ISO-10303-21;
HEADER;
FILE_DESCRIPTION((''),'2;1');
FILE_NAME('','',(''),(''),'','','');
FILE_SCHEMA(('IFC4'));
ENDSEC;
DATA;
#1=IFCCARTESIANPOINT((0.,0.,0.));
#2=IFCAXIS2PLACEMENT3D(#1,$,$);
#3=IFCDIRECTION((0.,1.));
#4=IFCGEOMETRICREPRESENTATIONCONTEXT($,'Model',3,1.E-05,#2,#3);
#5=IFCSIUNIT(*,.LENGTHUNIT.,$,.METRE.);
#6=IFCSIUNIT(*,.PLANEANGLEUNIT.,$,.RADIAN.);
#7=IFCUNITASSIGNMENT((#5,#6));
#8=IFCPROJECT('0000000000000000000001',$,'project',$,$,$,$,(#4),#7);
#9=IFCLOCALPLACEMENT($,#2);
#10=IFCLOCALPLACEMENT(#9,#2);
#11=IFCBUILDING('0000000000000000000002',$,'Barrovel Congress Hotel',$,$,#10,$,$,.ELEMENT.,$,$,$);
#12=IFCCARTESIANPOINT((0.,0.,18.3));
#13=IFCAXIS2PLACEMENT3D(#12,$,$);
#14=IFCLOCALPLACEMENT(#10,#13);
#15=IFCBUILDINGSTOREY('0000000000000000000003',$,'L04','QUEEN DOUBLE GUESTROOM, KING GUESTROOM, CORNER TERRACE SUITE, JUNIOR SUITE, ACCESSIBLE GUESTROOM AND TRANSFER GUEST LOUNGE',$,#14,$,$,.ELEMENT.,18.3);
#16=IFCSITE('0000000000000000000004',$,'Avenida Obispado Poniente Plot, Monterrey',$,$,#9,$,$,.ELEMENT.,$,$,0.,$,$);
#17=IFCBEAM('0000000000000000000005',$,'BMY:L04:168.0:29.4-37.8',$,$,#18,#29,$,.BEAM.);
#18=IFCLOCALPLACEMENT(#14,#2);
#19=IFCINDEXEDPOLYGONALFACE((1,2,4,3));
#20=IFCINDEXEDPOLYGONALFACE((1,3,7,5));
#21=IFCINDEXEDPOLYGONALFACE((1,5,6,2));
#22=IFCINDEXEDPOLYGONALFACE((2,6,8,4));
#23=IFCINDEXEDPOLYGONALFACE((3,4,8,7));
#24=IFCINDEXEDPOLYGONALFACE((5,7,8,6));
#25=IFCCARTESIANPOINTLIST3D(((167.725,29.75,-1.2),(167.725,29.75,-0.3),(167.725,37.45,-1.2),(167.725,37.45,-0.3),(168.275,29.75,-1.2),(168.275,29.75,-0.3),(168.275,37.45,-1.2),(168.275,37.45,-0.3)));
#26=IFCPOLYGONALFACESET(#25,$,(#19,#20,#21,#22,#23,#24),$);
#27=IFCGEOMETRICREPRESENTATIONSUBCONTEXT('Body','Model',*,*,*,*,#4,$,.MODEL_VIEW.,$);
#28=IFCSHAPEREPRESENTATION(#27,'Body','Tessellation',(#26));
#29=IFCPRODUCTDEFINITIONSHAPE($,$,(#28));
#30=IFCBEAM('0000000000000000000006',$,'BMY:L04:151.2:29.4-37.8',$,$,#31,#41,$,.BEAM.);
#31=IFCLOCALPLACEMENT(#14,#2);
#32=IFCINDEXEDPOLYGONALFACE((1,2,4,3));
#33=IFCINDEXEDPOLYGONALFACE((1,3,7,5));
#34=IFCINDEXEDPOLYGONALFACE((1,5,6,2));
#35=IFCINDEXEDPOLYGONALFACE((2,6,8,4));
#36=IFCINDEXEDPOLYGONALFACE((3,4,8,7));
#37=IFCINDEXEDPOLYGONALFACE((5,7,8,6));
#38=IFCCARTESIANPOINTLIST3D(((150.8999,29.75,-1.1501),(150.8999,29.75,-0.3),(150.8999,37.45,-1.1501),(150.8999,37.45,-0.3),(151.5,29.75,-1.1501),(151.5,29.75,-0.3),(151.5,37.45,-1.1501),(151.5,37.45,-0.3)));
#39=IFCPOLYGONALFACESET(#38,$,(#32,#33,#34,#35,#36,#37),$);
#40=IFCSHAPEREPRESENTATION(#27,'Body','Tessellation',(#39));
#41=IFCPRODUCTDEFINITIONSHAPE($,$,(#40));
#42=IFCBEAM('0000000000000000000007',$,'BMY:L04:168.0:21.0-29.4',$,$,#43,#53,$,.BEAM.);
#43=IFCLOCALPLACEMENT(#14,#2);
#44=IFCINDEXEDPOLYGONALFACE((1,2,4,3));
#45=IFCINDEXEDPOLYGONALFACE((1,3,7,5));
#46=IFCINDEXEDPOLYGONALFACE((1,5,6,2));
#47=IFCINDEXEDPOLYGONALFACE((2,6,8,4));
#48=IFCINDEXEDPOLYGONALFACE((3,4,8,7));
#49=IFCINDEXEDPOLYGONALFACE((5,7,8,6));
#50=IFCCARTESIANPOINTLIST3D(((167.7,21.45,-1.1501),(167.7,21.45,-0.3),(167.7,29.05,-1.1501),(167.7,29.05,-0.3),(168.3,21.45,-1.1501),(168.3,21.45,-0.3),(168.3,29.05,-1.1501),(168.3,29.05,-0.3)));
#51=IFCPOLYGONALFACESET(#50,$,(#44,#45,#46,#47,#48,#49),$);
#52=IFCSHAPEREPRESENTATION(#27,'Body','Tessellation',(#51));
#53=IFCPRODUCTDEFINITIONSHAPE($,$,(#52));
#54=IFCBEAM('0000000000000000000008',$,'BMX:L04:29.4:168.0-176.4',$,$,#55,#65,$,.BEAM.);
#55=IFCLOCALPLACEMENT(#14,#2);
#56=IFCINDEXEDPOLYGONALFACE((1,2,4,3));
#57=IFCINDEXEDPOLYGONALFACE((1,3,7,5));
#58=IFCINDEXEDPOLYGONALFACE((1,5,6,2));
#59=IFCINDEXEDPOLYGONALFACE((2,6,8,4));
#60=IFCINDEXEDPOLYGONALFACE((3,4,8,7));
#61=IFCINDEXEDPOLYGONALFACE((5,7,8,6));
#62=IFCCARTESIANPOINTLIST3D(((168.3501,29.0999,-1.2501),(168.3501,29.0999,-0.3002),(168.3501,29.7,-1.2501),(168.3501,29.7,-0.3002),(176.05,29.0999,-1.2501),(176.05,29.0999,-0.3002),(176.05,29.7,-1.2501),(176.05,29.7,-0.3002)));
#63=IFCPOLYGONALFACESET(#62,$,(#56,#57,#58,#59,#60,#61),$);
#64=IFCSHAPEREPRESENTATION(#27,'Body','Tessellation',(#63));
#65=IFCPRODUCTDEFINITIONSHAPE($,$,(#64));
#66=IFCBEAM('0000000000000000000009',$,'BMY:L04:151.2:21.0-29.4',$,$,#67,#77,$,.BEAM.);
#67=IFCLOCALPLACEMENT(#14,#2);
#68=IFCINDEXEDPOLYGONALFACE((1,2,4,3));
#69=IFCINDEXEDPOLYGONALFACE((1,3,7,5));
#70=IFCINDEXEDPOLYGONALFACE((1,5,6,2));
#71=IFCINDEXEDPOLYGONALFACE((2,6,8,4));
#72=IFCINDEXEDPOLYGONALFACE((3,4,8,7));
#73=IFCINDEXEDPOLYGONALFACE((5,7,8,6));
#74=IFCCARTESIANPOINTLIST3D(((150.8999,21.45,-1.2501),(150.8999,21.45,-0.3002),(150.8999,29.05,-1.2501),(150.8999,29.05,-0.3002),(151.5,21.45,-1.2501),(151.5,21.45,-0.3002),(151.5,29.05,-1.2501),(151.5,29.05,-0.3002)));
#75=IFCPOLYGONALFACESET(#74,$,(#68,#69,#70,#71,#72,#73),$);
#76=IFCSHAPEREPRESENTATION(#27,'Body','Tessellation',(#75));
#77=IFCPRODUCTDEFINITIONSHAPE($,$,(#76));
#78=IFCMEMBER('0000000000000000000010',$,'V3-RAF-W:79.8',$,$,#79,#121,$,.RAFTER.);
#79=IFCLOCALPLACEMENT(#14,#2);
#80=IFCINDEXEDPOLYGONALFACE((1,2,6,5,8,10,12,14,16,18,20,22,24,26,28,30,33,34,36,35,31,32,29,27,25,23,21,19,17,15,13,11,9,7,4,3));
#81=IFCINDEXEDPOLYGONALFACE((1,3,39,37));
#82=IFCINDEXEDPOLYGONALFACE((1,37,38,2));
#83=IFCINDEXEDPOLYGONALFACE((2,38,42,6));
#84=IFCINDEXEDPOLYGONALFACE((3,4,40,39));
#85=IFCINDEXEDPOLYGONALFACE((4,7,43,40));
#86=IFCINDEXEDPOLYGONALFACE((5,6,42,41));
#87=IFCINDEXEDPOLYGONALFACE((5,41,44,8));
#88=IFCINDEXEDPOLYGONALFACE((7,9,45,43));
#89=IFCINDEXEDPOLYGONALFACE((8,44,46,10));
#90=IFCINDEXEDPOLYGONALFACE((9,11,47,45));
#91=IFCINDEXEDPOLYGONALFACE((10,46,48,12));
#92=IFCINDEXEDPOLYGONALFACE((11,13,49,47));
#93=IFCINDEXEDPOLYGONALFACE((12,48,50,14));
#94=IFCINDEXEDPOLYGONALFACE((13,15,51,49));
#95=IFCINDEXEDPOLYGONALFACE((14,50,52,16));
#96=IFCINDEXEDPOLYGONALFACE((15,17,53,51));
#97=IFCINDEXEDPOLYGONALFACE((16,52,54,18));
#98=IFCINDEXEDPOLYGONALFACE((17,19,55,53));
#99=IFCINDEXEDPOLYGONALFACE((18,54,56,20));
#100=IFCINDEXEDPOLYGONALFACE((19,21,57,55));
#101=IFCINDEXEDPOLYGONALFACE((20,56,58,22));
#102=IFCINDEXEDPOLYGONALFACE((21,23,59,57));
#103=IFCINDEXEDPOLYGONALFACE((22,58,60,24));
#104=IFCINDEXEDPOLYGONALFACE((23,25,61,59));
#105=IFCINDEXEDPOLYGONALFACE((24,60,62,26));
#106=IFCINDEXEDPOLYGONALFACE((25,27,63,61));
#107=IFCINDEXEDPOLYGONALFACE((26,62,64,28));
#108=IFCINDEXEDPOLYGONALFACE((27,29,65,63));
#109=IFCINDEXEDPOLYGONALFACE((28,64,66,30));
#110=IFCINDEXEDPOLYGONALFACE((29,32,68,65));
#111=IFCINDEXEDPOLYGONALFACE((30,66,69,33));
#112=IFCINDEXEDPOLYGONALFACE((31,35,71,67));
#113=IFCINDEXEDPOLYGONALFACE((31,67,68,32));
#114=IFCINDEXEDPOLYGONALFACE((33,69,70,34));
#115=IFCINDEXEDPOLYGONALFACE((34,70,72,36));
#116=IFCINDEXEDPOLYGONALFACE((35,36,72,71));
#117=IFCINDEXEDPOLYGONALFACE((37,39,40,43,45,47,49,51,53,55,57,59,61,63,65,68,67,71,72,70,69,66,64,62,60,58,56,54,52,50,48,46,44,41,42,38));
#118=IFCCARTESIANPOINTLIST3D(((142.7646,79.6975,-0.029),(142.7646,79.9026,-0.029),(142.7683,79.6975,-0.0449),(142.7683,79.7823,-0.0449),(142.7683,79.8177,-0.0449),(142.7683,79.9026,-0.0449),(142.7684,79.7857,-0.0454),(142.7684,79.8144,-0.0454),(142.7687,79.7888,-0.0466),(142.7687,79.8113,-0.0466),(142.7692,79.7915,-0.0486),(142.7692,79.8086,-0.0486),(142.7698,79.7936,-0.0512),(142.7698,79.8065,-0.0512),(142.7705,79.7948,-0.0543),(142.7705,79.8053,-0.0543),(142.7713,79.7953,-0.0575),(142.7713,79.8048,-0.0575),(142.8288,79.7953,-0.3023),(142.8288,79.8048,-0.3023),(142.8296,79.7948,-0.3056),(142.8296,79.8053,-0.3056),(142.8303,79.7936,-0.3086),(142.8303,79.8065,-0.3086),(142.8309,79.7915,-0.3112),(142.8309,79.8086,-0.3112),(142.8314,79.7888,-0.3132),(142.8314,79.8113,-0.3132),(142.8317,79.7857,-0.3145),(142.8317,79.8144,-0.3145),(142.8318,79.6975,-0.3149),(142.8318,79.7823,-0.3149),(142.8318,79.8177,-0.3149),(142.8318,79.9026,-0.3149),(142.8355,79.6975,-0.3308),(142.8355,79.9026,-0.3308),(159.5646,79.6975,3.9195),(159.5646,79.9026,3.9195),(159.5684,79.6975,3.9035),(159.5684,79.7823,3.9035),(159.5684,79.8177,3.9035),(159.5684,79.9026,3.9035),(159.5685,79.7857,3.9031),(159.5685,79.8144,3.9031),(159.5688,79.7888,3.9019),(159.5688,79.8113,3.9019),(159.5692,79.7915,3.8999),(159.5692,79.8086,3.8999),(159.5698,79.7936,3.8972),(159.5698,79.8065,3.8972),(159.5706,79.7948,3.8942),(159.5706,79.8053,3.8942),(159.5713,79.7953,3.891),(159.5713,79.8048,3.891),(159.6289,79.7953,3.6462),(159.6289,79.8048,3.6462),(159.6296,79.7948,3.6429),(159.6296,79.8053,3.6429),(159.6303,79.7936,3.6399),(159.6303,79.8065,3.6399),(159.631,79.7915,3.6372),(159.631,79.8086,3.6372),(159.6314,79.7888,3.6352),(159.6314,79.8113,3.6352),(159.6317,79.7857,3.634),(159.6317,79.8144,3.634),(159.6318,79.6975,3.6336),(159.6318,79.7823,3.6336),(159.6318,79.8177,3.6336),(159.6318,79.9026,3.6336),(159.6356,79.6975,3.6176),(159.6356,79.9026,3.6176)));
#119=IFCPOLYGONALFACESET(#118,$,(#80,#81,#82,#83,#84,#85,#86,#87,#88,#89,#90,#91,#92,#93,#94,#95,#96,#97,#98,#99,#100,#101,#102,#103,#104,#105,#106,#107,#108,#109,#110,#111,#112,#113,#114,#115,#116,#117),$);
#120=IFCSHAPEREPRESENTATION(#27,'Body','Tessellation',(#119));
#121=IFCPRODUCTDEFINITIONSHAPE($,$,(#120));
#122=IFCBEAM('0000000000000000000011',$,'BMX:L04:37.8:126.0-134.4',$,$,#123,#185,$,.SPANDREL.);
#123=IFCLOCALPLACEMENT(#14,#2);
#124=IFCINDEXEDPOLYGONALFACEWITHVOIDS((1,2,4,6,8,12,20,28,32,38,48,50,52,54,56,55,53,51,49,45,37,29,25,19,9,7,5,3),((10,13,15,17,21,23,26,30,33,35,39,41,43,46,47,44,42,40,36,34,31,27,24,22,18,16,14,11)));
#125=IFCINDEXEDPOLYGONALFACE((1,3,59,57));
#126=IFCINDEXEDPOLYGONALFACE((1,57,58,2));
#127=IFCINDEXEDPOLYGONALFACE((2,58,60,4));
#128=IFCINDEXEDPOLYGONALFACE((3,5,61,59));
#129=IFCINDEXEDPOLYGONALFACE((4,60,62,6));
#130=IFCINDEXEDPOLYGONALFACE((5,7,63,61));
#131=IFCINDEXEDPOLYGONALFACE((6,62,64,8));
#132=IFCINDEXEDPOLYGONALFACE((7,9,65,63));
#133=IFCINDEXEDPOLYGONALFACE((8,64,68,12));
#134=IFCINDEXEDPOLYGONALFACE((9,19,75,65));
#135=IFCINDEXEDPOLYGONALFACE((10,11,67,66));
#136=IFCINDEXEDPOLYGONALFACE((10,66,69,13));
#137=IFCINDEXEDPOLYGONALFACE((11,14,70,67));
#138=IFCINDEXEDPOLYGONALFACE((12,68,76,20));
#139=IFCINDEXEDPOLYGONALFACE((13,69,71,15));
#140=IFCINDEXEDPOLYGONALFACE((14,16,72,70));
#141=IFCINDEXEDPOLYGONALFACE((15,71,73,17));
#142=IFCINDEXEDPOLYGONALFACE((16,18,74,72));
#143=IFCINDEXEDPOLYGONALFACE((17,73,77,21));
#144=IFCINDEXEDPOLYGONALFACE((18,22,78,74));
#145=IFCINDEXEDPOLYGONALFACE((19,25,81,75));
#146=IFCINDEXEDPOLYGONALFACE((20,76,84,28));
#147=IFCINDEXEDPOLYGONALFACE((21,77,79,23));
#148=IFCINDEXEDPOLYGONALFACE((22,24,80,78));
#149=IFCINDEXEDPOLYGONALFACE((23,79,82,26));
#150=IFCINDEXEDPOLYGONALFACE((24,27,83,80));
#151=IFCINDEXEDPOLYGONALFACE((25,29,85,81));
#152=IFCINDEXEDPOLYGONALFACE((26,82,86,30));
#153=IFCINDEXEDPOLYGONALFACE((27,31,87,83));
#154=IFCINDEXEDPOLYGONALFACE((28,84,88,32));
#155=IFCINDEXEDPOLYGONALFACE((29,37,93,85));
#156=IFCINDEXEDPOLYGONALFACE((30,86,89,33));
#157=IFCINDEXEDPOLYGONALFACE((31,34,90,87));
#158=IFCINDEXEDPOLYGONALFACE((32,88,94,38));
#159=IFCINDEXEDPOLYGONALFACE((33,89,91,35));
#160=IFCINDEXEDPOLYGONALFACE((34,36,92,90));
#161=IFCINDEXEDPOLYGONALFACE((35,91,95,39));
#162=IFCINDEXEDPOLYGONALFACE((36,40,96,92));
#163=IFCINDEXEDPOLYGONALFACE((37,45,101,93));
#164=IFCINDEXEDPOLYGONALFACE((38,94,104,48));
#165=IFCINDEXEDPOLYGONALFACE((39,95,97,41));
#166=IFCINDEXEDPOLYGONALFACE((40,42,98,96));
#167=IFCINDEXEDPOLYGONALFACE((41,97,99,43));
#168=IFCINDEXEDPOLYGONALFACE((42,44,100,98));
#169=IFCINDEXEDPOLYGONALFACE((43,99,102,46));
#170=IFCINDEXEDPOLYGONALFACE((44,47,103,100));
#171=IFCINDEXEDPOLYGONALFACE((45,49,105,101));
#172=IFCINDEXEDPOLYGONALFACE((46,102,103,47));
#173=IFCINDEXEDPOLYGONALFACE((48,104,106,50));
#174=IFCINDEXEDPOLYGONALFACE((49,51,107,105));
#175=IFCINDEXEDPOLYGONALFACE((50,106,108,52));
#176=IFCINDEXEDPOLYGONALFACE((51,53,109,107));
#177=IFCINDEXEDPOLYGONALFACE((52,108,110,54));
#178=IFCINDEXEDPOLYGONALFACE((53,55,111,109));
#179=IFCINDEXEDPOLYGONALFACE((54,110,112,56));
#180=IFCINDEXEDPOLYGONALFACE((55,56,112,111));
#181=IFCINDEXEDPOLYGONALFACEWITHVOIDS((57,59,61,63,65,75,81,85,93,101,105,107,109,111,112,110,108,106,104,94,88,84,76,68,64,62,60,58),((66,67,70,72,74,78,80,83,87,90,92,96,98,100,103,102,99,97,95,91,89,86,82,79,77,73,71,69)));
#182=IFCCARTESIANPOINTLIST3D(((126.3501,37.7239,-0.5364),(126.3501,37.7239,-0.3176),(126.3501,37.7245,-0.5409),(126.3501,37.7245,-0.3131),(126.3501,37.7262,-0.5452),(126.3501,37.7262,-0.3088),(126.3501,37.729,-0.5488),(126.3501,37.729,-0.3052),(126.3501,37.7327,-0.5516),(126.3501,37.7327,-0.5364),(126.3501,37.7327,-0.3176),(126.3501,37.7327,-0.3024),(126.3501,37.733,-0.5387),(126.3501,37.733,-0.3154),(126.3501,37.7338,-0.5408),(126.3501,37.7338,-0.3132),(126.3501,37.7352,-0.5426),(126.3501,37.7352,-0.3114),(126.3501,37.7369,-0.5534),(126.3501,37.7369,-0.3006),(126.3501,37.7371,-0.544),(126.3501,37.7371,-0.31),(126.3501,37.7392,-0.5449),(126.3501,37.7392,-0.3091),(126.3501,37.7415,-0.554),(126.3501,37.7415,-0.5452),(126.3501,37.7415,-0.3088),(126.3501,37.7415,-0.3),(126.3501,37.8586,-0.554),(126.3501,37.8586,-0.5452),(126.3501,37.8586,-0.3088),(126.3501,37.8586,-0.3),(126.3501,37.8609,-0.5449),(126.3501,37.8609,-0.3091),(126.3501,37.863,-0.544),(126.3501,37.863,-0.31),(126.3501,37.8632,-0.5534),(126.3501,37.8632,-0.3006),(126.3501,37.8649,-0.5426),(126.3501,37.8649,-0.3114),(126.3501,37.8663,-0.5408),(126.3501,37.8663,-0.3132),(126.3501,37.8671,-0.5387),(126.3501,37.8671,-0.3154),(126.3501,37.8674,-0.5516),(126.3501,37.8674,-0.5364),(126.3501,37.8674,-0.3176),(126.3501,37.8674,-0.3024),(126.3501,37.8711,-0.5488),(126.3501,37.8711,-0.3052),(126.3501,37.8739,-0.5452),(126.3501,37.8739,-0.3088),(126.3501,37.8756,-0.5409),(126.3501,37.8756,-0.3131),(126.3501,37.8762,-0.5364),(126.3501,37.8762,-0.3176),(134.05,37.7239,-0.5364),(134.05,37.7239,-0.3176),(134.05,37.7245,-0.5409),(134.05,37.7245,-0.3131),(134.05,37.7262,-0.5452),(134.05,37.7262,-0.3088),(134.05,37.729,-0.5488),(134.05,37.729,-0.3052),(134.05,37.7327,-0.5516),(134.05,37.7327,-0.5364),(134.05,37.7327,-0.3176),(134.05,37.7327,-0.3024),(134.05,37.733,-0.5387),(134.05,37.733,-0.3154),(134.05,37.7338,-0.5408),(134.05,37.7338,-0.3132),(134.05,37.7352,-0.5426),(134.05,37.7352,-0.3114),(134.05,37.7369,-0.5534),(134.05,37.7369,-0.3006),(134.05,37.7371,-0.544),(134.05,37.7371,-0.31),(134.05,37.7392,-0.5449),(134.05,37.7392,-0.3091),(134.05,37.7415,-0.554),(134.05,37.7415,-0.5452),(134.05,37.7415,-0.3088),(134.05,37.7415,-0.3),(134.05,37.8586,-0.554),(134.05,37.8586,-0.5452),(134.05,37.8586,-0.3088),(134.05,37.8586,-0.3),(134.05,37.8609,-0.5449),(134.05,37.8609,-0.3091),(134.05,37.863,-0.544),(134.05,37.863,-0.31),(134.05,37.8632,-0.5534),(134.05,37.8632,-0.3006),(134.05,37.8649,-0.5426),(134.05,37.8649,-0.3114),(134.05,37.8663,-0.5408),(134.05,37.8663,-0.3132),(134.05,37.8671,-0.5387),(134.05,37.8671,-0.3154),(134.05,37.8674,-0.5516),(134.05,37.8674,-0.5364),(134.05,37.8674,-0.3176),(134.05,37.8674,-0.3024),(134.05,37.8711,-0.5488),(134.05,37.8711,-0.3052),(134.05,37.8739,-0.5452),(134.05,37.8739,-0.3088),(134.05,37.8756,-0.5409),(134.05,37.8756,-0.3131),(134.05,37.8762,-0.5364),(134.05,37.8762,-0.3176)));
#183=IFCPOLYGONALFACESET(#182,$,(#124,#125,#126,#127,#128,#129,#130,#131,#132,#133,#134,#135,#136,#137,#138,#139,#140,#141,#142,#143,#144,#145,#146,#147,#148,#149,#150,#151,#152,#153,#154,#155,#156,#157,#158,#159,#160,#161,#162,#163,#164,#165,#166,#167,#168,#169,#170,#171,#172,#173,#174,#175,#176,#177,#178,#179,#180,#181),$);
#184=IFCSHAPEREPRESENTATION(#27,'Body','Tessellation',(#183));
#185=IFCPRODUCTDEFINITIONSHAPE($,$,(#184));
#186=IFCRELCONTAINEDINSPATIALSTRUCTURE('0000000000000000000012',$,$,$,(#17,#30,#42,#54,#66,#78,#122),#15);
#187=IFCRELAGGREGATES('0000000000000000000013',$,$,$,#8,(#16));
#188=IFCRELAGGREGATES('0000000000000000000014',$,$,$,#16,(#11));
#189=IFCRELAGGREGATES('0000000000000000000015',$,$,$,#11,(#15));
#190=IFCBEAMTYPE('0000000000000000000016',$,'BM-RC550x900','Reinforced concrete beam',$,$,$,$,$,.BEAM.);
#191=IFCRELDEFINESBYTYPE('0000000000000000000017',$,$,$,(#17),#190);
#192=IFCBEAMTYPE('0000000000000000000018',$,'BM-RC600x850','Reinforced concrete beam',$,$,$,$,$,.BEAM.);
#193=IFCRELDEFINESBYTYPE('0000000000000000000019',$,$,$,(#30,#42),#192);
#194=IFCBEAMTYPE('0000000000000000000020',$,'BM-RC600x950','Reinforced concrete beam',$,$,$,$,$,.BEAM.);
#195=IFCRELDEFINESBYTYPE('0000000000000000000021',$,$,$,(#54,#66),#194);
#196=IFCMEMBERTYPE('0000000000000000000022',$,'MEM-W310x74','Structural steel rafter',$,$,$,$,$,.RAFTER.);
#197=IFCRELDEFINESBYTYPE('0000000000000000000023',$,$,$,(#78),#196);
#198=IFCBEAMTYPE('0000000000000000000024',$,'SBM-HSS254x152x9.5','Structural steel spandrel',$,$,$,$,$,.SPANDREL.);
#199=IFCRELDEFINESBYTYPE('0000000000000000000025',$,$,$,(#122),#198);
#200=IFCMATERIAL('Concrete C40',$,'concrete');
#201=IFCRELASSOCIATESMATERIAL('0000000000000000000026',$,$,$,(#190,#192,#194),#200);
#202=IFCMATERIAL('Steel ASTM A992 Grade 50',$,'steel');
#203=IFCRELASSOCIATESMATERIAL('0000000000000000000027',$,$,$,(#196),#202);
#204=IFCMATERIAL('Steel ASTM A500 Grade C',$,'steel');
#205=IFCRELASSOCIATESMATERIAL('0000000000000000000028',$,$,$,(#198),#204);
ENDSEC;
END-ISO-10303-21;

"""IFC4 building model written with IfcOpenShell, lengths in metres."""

from ifc_helpers import new_model, si_unit, direction, frame, origin, origin_2d, place, context, subcontext, project, spatial, rectangle, hollow_rectangle, i_section, extrude, material, material_profile, profile_set, type_object, element, save


model = new_model("IFC4")

# Units and contexts
model_context = context("Model", 3, precision=1e-05, world=origin(), true_north=direction((0.0, 1.0)))
body_context = subcontext(model_context, "Body", "Model", "MODEL_VIEW")
ifc_project = project(units=[si_unit("LENGTHUNIT", "METRE"), si_unit("PLANEANGLEUNIT", "RADIAN")], contexts=[model_context])

# Site, building, storey
site_placement = place(None, origin())
site = spatial("IfcSite", under=ifc_project, at=site_placement, Name="Avenida Obispado Poniente Plot, Monterrey", CompositionType="ELEMENT", RefElevation=0.0)
building_placement = place(site_placement, origin())
building = spatial("IfcBuilding", under=site, at=building_placement, Name="Barrovel Congress Hotel", CompositionType="ELEMENT")
storey_placement = place(building_placement, frame((0.0, 0.0, 18.3)))
storey = spatial("IfcBuildingStorey", under=building, at=storey_placement, Name="L04", Description="QUEEN DOUBLE GUESTROOM, KING GUESTROOM, CORNER TERRACE SUITE, JUNIOR SUITE, ACCESSIBLE GUESTROOM AND TRANSFER GUEST LOUNGE", CompositionType="ELEMENT", Elevation=18.3)

# Beams
ifc_material_1 = material(Name="Concrete C40", Category="concrete")
ifc_material_profile_1 = material_profile(ifc_material_1, rectangle(XDim=0.55, YDim=0.8999, at=origin_2d()), Name="RC550x900")
ifc_profile_set_1 = profile_set([ifc_material_profile_1], Name="Concrete C40")
beam_type_1 = type_object("IfcBeamType", Name="BM-RC550x900", Description="Reinforced concrete beam", PredefinedType="BEAM", material=ifc_profile_set_1)
beam_1_placement = place(storey_placement, frame((168.0, 29.75, -0.75), z_axis=(0.0, 1.0, 0.0), x_axis=(-1.0, 0.0, 0.0)))
element("IfcBeam", 1, at=beam_1_placement, inside=storey, type_object=beam_type_1, Name="BMY:L04:168.0:29.4-37.8", PredefinedType="BEAM", context=body_context, shape_type="SweptSolid", body=[
    extrude(rectangle(XDim=0.55, YDim=0.8999, at=origin_2d()), origin(), (0.0, 0.0, 1.0), 7.7),
])
ifc_material_profile_2 = material_profile(ifc_material_1, rectangle(XDim=0.6001, YDim=0.8501, at=origin_2d()), Name="RC600x850")
ifc_profile_set_2 = profile_set([ifc_material_profile_2], Name="Concrete C40")
beam_type_2 = type_object("IfcBeamType", Name="BM-RC600x850", Description="Reinforced concrete beam", PredefinedType="BEAM", material=ifc_profile_set_2)
beam_2_placement = place(storey_placement, frame((151.2, 29.75, -0.7251), z_axis=(0.0, 1.0, 0.0), x_axis=(-1.0, 0.0, 0.0)))
element("IfcBeam", 2, at=beam_2_placement, inside=storey, type_object=beam_type_2, Name="BMY:L04:151.2:29.4-37.8", PredefinedType="BEAM", context=body_context, shape_type="SweptSolid", body=[
    extrude(rectangle(XDim=0.6001, YDim=0.8501, at=origin_2d()), origin(), (0.0, 0.0, 1.0), 7.7),
])
beam_3_placement = place(storey_placement, frame((168.0, 21.45, -0.7251), z_axis=(0.0, 1.0, 0.0), x_axis=(-1.0, 0.0, 0.0)))
element("IfcBeam", 3, at=beam_3_placement, inside=storey, type_object=beam_type_2, Name="BMY:L04:168.0:21.0-29.4", PredefinedType="BEAM", context=body_context, shape_type="SweptSolid", body=[
    extrude(rectangle(XDim=0.6001, YDim=0.8501, at=origin_2d()), origin(), (0.0, 0.0, 1.0), 7.6001),
])
ifc_material_profile_3 = material_profile(ifc_material_1, rectangle(XDim=0.6001, YDim=0.95, at=origin_2d()), Name="RC600x950")
ifc_profile_set_3 = profile_set([ifc_material_profile_3], Name="Concrete C40")
beam_type_3 = type_object("IfcBeamType", Name="BM-RC600x950", Description="Reinforced concrete beam", PredefinedType="BEAM", material=ifc_profile_set_3)
beam_4_placement = place(storey_placement, frame((168.3501, 29.3999, -0.7751), z_axis=(1.0, 0.0, 0.0), x_axis=(0.0, 1.0, 0.0)))
element("IfcBeam", 4, at=beam_4_placement, inside=storey, type_object=beam_type_3, Name="BMX:L04:29.4:168.0-176.4", PredefinedType="BEAM", context=body_context, shape_type="SweptSolid", body=[
    extrude(rectangle(XDim=0.6001, YDim=0.95, at=origin_2d()), origin(), (0.0, 0.0, 1.0), 7.7),
])
beam_5_placement = place(storey_placement, frame((151.2, 21.45, -0.7751), z_axis=(0.0, 1.0, 0.0), x_axis=(-1.0, 0.0, 0.0)))
element("IfcBeam", 5, at=beam_5_placement, inside=storey, type_object=beam_type_3, Name="BMY:L04:151.2:21.0-29.4", PredefinedType="BEAM", context=body_context, shape_type="SweptSolid", body=[
    extrude(rectangle(XDim=0.6001, YDim=0.95, at=origin_2d()), origin(), (0.0, 0.0, 1.0), 7.6001),
])

# Member
ifc_material_2 = material(Name="Steel ASTM A992 Grade 50", Category="steel")
ifc_material_profile_4 = material_profile(ifc_material_2, i_section(OverallWidth=0.2051, OverallDepth=0.3101, WebThickness=0.0095, FlangeThickness=0.0164, FilletRadius=0.0129, at=origin_2d()), Name="W310x74")
ifc_profile_set_4 = profile_set([ifc_material_profile_4], Name="Steel ASTM A992 Grade 50")
member_type = type_object("IfcMemberType", Name="MEM-W310x74", Description="Structural steel rafter", PredefinedType="RAFTER", material=ifc_profile_set_4)
member_placement = place(storey_placement, frame((142.8, 79.8, -0.1799), z_axis=(0.973475, 0.0, 0.228794), x_axis=(0.0, 1.0, 0.0)))
element("IfcMember", 6, at=member_placement, inside=storey, type_object=member_type, Name="V3-RAF-W:79.8", PredefinedType="RAFTER", context=body_context, shape_type="SweptSolid", body=[
    extrude(i_section(OverallWidth=0.2051, OverallDepth=0.3101, WebThickness=0.0095, FlangeThickness=0.0164, FilletRadius=0.0129, at=origin_2d()), origin(), (0.0, 0.0, 1.0), 17.2578),
])

# Beam
ifc_material_3 = material(Name="Steel ASTM A500 Grade C", Category="steel")
ifc_material_profile_5 = material_profile(ifc_material_3, hollow_rectangle(XDim=0.1523, YDim=0.2539, WallThickness=0.0088, InnerFilletRadius=0.0088, OuterFilletRadius=0.0176, at=origin_2d()), Name="HSS254x152x9.5")
ifc_profile_set_5 = profile_set([ifc_material_profile_5], Name="Steel ASTM A500 Grade C")
beam_type_4 = type_object("IfcBeamType", Name="SBM-HSS254x152x9.5", Description="Structural steel spandrel", PredefinedType="SPANDREL", material=ifc_profile_set_5)
beam_6_placement = place(storey_placement, frame((126.3501, 37.8, -0.427), z_axis=(1.0, 0.0, 0.0), x_axis=(0.0, 1.0, 0.0)))
element("IfcBeam", 7, at=beam_6_placement, inside=storey, type_object=beam_type_4, Name="BMX:L04:37.8:126.0-134.4", PredefinedType="SPANDREL", context=body_context, shape_type="SweptSolid", body=[
    extrude(hollow_rectangle(XDim=0.1523, YDim=0.2539, WallThickness=0.0088, InnerFilletRadius=0.0088, OuterFilletRadius=0.0176, at=origin_2d()), origin(), (0.0, 0.0, 1.0), 7.7),
])

save(model, "model.ifc")
